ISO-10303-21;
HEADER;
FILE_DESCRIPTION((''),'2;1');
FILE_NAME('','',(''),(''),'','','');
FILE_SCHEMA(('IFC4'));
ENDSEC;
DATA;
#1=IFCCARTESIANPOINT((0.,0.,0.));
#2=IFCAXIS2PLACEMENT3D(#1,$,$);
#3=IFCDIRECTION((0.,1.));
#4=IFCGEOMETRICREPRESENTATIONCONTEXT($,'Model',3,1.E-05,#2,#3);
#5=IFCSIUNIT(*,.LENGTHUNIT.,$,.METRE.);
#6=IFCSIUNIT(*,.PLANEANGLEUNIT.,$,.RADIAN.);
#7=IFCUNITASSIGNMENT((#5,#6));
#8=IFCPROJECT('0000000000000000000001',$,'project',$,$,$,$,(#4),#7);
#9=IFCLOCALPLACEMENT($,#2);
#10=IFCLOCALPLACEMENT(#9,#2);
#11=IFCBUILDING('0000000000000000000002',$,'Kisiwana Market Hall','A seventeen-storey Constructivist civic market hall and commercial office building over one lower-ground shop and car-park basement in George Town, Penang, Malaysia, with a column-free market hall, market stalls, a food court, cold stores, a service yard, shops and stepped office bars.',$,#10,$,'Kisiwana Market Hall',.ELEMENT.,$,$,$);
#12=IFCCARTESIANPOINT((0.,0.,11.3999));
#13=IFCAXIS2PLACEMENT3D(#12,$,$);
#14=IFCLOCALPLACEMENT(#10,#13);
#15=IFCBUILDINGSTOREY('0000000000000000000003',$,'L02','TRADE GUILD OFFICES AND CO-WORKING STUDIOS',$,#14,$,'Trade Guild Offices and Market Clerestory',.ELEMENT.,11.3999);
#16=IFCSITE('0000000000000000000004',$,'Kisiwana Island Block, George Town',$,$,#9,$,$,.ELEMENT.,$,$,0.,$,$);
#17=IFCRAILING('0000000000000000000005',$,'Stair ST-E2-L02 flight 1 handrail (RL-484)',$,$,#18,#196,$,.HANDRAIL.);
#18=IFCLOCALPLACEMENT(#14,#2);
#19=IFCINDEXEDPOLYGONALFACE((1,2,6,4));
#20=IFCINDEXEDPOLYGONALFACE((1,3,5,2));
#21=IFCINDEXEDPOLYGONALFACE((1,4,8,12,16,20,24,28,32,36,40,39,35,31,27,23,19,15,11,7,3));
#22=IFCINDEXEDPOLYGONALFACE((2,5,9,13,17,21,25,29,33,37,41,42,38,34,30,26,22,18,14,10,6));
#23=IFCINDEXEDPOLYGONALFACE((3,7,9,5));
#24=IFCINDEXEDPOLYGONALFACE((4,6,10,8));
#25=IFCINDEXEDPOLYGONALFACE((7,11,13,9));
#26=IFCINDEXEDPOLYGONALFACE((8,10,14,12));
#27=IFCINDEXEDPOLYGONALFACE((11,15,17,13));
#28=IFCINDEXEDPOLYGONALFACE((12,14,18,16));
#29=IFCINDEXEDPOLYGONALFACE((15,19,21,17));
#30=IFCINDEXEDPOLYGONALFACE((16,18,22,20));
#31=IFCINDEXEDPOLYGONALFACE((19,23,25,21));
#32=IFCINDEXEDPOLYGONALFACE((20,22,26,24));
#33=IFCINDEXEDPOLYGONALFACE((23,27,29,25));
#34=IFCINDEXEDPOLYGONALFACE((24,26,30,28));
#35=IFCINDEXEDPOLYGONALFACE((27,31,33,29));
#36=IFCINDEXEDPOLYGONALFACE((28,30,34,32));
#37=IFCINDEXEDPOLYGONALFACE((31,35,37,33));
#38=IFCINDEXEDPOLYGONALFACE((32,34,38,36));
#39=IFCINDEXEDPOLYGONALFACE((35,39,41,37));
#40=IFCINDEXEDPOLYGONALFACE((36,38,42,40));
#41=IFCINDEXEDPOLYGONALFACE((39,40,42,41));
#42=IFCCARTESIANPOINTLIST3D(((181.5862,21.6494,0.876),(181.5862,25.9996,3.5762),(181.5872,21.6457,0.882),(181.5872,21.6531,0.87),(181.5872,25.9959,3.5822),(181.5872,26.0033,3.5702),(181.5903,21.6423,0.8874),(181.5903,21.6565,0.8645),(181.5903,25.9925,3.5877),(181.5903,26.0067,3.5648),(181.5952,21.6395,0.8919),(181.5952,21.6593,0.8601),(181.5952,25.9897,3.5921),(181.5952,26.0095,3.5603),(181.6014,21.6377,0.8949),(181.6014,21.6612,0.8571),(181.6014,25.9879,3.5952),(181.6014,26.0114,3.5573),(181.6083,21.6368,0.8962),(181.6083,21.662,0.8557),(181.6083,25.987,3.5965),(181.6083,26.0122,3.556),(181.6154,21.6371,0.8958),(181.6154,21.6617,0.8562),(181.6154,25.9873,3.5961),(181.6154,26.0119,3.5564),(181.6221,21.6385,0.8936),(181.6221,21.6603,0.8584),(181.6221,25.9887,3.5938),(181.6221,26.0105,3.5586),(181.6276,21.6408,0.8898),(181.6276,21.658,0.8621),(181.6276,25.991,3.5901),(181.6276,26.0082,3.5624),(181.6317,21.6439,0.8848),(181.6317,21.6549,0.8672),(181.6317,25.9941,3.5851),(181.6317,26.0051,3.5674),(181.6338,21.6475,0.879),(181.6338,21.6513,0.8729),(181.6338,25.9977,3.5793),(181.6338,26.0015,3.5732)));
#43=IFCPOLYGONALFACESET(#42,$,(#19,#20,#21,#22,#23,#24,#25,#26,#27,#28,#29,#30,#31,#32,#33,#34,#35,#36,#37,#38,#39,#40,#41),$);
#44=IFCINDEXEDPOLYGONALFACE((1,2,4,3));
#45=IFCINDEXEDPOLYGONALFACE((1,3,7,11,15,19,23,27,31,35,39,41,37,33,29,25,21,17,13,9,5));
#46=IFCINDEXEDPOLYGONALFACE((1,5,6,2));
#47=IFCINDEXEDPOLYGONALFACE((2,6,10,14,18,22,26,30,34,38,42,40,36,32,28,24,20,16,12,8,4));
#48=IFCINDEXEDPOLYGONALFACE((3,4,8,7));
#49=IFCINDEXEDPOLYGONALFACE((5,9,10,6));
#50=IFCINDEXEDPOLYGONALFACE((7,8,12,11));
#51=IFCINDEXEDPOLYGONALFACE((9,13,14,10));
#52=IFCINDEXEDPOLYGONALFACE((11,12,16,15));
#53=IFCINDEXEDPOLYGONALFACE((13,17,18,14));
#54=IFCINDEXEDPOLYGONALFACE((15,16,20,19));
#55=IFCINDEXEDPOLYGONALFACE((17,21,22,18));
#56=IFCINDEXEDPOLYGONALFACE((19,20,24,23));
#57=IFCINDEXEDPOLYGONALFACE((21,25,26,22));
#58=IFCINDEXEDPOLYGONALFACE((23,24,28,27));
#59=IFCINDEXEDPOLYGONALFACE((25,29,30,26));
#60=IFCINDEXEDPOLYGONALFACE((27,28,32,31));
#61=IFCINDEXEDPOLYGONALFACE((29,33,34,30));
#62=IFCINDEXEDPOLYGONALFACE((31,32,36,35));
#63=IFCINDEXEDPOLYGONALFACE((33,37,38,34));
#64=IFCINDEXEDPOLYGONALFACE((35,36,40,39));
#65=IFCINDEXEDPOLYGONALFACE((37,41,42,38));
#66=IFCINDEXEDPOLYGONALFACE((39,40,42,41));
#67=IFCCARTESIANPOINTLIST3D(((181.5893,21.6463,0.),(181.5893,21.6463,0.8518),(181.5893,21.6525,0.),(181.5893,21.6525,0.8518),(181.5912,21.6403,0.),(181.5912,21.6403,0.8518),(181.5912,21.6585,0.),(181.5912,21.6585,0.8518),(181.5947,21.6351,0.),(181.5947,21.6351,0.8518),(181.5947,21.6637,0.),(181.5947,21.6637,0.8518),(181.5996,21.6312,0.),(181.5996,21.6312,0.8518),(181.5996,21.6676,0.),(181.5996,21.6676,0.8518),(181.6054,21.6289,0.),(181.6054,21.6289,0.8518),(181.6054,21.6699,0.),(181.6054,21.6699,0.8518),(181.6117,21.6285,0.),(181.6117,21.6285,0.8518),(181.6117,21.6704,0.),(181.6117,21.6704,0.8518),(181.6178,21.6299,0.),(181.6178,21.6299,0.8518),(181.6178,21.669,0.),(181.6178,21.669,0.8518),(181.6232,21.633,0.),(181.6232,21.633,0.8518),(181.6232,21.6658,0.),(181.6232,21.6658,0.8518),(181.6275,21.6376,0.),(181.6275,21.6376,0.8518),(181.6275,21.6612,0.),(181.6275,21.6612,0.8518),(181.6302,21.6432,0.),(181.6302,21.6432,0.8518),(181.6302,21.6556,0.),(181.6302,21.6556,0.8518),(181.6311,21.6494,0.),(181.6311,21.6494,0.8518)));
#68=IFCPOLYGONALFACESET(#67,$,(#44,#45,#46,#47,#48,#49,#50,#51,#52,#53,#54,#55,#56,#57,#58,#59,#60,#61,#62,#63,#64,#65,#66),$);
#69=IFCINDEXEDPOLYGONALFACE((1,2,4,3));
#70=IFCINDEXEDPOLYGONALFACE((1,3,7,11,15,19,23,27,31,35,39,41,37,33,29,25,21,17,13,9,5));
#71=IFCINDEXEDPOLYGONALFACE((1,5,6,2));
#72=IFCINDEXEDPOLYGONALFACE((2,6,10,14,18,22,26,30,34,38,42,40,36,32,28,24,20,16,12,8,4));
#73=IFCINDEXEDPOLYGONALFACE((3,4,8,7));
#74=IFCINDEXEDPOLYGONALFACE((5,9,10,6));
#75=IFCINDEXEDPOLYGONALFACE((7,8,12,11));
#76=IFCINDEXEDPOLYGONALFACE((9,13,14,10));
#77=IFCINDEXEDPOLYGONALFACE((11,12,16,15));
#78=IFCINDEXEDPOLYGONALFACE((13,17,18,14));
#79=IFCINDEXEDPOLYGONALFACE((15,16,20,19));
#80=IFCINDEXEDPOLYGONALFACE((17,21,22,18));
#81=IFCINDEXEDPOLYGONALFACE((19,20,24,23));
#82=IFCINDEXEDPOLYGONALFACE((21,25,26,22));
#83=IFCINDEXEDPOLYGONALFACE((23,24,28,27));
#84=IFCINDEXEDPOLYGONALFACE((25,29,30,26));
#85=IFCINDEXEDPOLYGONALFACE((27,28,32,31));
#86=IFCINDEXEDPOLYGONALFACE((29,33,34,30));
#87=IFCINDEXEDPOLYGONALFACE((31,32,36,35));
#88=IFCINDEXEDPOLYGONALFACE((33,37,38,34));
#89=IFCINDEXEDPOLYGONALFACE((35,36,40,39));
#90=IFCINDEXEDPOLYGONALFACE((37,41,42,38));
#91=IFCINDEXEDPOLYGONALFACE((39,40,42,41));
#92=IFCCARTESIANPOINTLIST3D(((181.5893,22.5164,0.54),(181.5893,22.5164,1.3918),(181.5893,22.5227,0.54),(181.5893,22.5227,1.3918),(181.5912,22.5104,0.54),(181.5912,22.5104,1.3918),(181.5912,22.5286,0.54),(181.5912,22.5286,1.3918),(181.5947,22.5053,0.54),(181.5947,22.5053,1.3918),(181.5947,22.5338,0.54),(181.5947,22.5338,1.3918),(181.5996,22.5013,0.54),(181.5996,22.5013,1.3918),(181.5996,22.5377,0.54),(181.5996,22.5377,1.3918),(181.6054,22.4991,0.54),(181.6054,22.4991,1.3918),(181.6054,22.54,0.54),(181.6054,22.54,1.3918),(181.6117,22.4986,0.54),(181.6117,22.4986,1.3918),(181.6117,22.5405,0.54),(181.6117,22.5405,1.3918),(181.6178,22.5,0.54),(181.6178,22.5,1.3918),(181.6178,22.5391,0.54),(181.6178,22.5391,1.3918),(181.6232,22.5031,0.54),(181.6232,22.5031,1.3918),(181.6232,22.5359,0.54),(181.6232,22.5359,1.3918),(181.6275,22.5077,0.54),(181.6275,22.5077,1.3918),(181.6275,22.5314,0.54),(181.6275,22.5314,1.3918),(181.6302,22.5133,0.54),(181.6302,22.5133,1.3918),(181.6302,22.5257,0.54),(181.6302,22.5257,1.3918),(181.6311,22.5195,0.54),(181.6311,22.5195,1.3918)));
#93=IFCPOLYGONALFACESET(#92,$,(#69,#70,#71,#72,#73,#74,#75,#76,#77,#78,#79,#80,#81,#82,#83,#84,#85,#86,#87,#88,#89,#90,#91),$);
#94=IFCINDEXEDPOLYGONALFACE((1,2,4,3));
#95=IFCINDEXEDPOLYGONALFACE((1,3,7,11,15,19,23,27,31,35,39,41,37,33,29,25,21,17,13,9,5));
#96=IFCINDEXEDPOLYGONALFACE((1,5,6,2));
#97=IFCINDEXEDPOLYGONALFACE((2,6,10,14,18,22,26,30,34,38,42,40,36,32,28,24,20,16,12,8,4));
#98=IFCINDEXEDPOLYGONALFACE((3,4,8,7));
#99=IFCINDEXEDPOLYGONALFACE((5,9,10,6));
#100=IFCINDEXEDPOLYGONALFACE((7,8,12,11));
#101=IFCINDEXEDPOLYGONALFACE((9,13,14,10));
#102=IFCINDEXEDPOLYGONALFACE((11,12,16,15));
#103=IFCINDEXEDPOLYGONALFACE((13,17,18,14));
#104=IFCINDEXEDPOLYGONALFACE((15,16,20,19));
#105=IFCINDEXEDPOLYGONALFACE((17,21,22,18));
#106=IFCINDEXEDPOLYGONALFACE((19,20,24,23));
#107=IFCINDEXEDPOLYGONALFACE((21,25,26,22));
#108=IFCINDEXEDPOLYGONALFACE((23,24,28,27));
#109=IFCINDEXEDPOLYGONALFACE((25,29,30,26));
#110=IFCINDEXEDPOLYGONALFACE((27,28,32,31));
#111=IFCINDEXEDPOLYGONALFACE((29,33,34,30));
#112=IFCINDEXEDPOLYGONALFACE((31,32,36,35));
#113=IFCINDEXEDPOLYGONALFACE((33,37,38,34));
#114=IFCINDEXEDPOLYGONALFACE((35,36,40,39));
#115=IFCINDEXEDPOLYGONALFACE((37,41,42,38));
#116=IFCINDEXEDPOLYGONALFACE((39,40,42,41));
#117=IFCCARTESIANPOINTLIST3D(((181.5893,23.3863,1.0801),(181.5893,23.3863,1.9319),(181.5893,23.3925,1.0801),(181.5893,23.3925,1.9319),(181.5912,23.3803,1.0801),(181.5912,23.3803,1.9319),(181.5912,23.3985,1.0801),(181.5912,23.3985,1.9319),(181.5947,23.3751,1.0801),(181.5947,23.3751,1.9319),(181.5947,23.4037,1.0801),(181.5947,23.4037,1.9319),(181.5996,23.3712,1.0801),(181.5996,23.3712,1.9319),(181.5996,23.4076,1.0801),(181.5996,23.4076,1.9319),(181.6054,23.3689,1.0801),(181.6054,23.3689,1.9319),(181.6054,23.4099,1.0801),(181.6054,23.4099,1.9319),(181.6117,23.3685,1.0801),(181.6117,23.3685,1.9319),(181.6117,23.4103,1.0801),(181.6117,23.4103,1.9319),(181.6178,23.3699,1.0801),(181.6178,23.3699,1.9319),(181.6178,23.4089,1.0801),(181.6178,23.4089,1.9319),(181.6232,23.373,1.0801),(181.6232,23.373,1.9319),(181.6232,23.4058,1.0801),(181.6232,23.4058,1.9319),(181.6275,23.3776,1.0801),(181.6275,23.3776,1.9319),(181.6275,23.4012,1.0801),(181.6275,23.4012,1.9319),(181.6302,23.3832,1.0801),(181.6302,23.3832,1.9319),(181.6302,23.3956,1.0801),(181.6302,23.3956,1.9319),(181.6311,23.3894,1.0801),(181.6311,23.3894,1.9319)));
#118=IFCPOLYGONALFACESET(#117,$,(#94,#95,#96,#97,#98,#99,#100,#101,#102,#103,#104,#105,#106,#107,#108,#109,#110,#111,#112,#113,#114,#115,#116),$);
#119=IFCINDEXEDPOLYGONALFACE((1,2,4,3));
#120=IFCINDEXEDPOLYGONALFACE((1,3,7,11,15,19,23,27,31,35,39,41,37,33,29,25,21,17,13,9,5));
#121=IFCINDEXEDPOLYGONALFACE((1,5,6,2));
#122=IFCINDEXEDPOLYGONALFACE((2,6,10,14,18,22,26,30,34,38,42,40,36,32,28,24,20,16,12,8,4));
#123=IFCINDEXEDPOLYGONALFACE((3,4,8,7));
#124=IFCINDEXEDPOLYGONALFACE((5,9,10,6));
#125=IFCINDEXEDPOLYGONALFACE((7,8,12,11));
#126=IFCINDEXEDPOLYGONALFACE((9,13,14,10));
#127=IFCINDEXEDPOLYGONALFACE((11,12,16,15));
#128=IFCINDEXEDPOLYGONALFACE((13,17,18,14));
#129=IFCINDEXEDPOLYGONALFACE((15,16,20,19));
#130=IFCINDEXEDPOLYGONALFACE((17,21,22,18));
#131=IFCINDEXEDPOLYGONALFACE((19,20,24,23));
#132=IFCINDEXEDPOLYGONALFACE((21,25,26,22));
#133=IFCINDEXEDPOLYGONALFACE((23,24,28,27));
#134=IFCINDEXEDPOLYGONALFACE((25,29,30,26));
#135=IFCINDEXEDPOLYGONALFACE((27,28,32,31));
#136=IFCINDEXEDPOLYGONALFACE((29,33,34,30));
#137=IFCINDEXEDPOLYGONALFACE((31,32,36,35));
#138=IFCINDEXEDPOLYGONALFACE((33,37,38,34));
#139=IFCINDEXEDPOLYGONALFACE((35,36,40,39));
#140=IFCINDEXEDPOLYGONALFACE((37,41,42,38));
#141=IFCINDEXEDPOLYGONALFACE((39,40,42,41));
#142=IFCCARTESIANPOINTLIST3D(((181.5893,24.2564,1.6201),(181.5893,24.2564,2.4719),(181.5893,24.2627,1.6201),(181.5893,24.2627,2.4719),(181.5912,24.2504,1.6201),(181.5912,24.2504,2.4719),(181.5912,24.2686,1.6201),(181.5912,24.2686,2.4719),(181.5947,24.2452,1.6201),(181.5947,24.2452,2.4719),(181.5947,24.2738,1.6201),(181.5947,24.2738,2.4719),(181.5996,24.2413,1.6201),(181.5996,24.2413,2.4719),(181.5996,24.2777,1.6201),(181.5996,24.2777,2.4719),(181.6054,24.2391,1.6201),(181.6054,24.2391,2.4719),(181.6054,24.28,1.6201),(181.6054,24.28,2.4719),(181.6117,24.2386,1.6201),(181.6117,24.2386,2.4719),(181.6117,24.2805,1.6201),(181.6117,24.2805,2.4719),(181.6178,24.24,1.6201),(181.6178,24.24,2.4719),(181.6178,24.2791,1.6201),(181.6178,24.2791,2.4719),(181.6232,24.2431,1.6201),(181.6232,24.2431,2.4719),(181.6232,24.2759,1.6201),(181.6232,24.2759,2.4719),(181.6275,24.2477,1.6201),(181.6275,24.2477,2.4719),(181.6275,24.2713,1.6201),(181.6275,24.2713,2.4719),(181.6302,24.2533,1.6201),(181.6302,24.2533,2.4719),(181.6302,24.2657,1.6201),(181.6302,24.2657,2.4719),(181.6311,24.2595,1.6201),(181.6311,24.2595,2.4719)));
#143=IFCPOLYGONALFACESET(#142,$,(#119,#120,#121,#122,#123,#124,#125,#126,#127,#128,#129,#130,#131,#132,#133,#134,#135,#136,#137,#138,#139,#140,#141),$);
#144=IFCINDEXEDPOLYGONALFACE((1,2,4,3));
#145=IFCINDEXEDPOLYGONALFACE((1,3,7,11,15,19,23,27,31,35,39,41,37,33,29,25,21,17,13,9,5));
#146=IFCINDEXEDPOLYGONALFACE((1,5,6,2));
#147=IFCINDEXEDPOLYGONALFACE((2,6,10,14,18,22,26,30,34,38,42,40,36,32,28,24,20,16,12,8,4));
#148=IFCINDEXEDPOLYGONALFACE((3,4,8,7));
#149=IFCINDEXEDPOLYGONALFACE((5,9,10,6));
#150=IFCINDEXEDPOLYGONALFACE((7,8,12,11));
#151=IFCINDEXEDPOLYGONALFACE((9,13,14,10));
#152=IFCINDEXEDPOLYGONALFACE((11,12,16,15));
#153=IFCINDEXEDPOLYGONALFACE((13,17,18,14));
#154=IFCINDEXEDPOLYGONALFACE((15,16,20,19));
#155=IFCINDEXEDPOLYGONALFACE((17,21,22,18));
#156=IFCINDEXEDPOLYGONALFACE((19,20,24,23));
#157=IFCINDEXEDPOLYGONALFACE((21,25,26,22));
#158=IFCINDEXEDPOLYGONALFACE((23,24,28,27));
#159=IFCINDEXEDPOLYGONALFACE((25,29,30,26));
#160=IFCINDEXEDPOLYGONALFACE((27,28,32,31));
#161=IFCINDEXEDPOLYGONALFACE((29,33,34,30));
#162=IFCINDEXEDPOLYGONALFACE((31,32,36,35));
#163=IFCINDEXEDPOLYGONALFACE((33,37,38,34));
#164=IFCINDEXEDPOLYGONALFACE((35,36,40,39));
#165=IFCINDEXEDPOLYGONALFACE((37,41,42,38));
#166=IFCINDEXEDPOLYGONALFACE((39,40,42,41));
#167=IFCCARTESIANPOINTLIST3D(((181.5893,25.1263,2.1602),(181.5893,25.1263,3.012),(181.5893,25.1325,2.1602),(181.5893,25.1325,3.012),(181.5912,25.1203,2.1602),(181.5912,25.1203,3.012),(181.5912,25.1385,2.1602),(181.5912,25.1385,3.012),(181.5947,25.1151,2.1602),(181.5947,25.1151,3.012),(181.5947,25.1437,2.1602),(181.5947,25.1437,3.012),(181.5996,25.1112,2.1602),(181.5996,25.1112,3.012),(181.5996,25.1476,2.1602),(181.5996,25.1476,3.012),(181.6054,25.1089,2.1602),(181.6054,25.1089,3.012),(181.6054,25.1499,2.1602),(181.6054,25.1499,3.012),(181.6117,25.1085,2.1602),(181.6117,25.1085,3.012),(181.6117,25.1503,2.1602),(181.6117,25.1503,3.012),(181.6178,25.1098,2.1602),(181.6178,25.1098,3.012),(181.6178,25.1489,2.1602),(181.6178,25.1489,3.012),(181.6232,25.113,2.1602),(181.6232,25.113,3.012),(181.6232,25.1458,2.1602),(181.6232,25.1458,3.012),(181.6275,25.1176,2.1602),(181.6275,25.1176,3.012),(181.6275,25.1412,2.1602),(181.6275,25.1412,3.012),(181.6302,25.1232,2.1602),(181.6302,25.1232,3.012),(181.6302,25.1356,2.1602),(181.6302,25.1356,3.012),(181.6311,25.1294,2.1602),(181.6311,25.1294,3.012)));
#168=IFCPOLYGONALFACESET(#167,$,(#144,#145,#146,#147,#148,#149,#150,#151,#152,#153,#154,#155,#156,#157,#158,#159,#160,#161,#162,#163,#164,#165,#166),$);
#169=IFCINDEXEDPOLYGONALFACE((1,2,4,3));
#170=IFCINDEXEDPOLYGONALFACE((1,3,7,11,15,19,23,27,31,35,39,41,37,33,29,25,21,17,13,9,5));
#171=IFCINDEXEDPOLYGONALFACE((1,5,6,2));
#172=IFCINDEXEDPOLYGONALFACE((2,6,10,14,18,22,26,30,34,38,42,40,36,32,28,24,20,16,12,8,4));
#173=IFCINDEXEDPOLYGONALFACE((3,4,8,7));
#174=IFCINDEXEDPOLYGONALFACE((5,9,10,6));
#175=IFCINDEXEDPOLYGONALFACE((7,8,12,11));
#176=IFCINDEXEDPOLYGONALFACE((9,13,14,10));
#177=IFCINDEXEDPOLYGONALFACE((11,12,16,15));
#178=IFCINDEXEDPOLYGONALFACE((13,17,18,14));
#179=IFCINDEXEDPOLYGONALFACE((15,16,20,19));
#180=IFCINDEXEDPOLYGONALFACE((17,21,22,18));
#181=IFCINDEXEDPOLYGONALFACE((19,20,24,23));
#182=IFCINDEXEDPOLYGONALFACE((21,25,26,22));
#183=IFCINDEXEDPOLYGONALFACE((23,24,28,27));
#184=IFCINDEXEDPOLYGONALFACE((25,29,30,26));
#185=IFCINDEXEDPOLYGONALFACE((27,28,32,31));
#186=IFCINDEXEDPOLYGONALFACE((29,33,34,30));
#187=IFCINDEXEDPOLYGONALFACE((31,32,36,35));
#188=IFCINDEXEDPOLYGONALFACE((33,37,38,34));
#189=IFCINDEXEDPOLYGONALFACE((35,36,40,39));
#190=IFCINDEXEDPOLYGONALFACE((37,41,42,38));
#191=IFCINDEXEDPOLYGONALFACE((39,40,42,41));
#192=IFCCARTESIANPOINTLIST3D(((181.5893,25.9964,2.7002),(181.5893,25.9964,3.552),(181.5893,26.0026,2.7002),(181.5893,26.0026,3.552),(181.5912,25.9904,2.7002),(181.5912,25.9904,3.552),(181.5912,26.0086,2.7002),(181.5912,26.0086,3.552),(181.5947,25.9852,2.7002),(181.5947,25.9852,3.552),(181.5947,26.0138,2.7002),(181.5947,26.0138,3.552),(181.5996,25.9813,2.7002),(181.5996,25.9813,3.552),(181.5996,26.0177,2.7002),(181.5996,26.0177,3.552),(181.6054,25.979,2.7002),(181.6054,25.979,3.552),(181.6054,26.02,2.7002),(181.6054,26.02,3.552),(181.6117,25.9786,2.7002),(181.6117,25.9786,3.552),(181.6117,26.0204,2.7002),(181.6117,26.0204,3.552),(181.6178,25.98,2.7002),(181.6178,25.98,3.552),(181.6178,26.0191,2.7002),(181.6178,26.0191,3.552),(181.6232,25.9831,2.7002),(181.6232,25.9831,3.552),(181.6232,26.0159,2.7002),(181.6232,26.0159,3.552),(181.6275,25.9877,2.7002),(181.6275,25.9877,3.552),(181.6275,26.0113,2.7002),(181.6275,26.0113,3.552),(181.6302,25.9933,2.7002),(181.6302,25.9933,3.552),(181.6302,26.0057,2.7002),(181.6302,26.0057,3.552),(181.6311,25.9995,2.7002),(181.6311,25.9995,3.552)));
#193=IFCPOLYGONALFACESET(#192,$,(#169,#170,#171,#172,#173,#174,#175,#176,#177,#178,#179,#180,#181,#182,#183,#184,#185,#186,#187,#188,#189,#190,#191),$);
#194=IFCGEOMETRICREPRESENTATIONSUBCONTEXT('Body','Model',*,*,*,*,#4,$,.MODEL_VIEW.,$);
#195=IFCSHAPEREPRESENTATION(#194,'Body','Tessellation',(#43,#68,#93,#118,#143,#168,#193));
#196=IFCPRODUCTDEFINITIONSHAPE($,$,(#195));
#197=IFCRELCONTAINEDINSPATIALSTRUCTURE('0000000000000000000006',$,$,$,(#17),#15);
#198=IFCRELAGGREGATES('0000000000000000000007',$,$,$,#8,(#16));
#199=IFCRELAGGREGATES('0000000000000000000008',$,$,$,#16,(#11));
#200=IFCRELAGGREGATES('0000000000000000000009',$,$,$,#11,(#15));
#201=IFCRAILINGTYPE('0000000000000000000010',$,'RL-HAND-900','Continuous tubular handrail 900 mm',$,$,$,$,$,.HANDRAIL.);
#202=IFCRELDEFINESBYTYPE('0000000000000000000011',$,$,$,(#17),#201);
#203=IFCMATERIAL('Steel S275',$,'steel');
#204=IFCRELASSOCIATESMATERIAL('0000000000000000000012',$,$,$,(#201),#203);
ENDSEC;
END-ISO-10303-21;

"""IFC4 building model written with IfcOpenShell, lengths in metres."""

from ifc_helpers import new_model, si_unit, direction, frame, origin, origin_2d, place, context, subcontext, project, spatial, circle, extrude, material, type_object, element, save


model = new_model("IFC4")

# Units and contexts
model_context = context("Model", 3, precision=1e-05, world=origin(), true_north=direction((0.0, 1.0)))
body_context = subcontext(model_context, "Body", "Model", "MODEL_VIEW")
ifc_project = project(units=[si_unit("LENGTHUNIT", "METRE"), si_unit("PLANEANGLEUNIT", "RADIAN")], contexts=[model_context])

# Site, building, storey
site_placement = place(None, origin())
site = spatial("IfcSite", under=ifc_project, at=site_placement, Name="Kisiwana Island Block, George Town", CompositionType="ELEMENT", RefElevation=0.0)
building_placement = place(site_placement, origin())
building = spatial("IfcBuilding", under=site, at=building_placement, Name="Kisiwana Market Hall", Description="A seventeen-storey Constructivist civic market hall and commercial office building over one lower-ground shop and car-park basement in George Town, Penang, Malaysia, with a column-free market hall, market stalls, a food court, cold stores, a service yard, shops and stepped office bars.", LongName="Kisiwana Market Hall", CompositionType="ELEMENT")
storey_placement = place(building_placement, frame((0.0, 0.0, 11.3999)))
storey = spatial("IfcBuildingStorey", under=building, at=storey_placement, Name="L02", Description="TRADE GUILD OFFICES AND CO-WORKING STUDIOS", LongName="Trade Guild Offices and Market Clerestory", CompositionType="ELEMENT", Elevation=11.3999)

# Railing
ifc_material_1 = material(Name="Steel S275", Category="steel")
railing_type_1 = type_object("IfcRailingType", Name="RL-HAND-900", Description="Continuous tubular handrail 900 mm", PredefinedType="HANDRAIL", material=ifc_material_1)
railing_1_placement = place(storey_placement, frame((181.6101, 21.6494, 0.0)))
element("IfcRailing", 1, at=railing_1_placement, inside=storey, type_object=railing_type_1, Name="Stair ST-E2-L02 flight 1 handrail (RL-484)", PredefinedType="HANDRAIL", context=body_context, shape_type="SweptSolid", body=[
    extrude(circle(Radius=0.0239, at=origin_2d()), frame((0.0, 0.0, 0.876), z_axis=(0.0, 0.849628, 0.527382), x_axis=(-1.0, 0.0, 0.0)), (0.0, 0.0, 1.0), 5.1201),
    extrude(circle(Radius=0.021, at=origin_2d()), origin(), (0.0, 0.0, 1.0), 0.8518),
    extrude(circle(Radius=0.021, at=origin_2d()), frame((0.0, 0.8701, 0.54)), (0.0, 0.0, 1.0), 0.8518),
    extrude(circle(Radius=0.021, at=origin_2d()), frame((0.0, 1.74, 1.0801)), (0.0, 0.0, 1.0), 0.8518),
    extrude(circle(Radius=0.021, at=origin_2d()), frame((0.0, 2.6101, 1.6201)), (0.0, 0.0, 1.0), 0.8518),
    extrude(circle(Radius=0.021, at=origin_2d()), frame((0.0, 3.48, 2.1602)), (0.0, 0.0, 1.0), 0.8518),
    extrude(circle(Radius=0.021, at=origin_2d()), frame((0.0, 4.3501, 2.7002)), (0.0, 0.0, 1.0), 0.8518),
])

save(model, "model.ifc")
